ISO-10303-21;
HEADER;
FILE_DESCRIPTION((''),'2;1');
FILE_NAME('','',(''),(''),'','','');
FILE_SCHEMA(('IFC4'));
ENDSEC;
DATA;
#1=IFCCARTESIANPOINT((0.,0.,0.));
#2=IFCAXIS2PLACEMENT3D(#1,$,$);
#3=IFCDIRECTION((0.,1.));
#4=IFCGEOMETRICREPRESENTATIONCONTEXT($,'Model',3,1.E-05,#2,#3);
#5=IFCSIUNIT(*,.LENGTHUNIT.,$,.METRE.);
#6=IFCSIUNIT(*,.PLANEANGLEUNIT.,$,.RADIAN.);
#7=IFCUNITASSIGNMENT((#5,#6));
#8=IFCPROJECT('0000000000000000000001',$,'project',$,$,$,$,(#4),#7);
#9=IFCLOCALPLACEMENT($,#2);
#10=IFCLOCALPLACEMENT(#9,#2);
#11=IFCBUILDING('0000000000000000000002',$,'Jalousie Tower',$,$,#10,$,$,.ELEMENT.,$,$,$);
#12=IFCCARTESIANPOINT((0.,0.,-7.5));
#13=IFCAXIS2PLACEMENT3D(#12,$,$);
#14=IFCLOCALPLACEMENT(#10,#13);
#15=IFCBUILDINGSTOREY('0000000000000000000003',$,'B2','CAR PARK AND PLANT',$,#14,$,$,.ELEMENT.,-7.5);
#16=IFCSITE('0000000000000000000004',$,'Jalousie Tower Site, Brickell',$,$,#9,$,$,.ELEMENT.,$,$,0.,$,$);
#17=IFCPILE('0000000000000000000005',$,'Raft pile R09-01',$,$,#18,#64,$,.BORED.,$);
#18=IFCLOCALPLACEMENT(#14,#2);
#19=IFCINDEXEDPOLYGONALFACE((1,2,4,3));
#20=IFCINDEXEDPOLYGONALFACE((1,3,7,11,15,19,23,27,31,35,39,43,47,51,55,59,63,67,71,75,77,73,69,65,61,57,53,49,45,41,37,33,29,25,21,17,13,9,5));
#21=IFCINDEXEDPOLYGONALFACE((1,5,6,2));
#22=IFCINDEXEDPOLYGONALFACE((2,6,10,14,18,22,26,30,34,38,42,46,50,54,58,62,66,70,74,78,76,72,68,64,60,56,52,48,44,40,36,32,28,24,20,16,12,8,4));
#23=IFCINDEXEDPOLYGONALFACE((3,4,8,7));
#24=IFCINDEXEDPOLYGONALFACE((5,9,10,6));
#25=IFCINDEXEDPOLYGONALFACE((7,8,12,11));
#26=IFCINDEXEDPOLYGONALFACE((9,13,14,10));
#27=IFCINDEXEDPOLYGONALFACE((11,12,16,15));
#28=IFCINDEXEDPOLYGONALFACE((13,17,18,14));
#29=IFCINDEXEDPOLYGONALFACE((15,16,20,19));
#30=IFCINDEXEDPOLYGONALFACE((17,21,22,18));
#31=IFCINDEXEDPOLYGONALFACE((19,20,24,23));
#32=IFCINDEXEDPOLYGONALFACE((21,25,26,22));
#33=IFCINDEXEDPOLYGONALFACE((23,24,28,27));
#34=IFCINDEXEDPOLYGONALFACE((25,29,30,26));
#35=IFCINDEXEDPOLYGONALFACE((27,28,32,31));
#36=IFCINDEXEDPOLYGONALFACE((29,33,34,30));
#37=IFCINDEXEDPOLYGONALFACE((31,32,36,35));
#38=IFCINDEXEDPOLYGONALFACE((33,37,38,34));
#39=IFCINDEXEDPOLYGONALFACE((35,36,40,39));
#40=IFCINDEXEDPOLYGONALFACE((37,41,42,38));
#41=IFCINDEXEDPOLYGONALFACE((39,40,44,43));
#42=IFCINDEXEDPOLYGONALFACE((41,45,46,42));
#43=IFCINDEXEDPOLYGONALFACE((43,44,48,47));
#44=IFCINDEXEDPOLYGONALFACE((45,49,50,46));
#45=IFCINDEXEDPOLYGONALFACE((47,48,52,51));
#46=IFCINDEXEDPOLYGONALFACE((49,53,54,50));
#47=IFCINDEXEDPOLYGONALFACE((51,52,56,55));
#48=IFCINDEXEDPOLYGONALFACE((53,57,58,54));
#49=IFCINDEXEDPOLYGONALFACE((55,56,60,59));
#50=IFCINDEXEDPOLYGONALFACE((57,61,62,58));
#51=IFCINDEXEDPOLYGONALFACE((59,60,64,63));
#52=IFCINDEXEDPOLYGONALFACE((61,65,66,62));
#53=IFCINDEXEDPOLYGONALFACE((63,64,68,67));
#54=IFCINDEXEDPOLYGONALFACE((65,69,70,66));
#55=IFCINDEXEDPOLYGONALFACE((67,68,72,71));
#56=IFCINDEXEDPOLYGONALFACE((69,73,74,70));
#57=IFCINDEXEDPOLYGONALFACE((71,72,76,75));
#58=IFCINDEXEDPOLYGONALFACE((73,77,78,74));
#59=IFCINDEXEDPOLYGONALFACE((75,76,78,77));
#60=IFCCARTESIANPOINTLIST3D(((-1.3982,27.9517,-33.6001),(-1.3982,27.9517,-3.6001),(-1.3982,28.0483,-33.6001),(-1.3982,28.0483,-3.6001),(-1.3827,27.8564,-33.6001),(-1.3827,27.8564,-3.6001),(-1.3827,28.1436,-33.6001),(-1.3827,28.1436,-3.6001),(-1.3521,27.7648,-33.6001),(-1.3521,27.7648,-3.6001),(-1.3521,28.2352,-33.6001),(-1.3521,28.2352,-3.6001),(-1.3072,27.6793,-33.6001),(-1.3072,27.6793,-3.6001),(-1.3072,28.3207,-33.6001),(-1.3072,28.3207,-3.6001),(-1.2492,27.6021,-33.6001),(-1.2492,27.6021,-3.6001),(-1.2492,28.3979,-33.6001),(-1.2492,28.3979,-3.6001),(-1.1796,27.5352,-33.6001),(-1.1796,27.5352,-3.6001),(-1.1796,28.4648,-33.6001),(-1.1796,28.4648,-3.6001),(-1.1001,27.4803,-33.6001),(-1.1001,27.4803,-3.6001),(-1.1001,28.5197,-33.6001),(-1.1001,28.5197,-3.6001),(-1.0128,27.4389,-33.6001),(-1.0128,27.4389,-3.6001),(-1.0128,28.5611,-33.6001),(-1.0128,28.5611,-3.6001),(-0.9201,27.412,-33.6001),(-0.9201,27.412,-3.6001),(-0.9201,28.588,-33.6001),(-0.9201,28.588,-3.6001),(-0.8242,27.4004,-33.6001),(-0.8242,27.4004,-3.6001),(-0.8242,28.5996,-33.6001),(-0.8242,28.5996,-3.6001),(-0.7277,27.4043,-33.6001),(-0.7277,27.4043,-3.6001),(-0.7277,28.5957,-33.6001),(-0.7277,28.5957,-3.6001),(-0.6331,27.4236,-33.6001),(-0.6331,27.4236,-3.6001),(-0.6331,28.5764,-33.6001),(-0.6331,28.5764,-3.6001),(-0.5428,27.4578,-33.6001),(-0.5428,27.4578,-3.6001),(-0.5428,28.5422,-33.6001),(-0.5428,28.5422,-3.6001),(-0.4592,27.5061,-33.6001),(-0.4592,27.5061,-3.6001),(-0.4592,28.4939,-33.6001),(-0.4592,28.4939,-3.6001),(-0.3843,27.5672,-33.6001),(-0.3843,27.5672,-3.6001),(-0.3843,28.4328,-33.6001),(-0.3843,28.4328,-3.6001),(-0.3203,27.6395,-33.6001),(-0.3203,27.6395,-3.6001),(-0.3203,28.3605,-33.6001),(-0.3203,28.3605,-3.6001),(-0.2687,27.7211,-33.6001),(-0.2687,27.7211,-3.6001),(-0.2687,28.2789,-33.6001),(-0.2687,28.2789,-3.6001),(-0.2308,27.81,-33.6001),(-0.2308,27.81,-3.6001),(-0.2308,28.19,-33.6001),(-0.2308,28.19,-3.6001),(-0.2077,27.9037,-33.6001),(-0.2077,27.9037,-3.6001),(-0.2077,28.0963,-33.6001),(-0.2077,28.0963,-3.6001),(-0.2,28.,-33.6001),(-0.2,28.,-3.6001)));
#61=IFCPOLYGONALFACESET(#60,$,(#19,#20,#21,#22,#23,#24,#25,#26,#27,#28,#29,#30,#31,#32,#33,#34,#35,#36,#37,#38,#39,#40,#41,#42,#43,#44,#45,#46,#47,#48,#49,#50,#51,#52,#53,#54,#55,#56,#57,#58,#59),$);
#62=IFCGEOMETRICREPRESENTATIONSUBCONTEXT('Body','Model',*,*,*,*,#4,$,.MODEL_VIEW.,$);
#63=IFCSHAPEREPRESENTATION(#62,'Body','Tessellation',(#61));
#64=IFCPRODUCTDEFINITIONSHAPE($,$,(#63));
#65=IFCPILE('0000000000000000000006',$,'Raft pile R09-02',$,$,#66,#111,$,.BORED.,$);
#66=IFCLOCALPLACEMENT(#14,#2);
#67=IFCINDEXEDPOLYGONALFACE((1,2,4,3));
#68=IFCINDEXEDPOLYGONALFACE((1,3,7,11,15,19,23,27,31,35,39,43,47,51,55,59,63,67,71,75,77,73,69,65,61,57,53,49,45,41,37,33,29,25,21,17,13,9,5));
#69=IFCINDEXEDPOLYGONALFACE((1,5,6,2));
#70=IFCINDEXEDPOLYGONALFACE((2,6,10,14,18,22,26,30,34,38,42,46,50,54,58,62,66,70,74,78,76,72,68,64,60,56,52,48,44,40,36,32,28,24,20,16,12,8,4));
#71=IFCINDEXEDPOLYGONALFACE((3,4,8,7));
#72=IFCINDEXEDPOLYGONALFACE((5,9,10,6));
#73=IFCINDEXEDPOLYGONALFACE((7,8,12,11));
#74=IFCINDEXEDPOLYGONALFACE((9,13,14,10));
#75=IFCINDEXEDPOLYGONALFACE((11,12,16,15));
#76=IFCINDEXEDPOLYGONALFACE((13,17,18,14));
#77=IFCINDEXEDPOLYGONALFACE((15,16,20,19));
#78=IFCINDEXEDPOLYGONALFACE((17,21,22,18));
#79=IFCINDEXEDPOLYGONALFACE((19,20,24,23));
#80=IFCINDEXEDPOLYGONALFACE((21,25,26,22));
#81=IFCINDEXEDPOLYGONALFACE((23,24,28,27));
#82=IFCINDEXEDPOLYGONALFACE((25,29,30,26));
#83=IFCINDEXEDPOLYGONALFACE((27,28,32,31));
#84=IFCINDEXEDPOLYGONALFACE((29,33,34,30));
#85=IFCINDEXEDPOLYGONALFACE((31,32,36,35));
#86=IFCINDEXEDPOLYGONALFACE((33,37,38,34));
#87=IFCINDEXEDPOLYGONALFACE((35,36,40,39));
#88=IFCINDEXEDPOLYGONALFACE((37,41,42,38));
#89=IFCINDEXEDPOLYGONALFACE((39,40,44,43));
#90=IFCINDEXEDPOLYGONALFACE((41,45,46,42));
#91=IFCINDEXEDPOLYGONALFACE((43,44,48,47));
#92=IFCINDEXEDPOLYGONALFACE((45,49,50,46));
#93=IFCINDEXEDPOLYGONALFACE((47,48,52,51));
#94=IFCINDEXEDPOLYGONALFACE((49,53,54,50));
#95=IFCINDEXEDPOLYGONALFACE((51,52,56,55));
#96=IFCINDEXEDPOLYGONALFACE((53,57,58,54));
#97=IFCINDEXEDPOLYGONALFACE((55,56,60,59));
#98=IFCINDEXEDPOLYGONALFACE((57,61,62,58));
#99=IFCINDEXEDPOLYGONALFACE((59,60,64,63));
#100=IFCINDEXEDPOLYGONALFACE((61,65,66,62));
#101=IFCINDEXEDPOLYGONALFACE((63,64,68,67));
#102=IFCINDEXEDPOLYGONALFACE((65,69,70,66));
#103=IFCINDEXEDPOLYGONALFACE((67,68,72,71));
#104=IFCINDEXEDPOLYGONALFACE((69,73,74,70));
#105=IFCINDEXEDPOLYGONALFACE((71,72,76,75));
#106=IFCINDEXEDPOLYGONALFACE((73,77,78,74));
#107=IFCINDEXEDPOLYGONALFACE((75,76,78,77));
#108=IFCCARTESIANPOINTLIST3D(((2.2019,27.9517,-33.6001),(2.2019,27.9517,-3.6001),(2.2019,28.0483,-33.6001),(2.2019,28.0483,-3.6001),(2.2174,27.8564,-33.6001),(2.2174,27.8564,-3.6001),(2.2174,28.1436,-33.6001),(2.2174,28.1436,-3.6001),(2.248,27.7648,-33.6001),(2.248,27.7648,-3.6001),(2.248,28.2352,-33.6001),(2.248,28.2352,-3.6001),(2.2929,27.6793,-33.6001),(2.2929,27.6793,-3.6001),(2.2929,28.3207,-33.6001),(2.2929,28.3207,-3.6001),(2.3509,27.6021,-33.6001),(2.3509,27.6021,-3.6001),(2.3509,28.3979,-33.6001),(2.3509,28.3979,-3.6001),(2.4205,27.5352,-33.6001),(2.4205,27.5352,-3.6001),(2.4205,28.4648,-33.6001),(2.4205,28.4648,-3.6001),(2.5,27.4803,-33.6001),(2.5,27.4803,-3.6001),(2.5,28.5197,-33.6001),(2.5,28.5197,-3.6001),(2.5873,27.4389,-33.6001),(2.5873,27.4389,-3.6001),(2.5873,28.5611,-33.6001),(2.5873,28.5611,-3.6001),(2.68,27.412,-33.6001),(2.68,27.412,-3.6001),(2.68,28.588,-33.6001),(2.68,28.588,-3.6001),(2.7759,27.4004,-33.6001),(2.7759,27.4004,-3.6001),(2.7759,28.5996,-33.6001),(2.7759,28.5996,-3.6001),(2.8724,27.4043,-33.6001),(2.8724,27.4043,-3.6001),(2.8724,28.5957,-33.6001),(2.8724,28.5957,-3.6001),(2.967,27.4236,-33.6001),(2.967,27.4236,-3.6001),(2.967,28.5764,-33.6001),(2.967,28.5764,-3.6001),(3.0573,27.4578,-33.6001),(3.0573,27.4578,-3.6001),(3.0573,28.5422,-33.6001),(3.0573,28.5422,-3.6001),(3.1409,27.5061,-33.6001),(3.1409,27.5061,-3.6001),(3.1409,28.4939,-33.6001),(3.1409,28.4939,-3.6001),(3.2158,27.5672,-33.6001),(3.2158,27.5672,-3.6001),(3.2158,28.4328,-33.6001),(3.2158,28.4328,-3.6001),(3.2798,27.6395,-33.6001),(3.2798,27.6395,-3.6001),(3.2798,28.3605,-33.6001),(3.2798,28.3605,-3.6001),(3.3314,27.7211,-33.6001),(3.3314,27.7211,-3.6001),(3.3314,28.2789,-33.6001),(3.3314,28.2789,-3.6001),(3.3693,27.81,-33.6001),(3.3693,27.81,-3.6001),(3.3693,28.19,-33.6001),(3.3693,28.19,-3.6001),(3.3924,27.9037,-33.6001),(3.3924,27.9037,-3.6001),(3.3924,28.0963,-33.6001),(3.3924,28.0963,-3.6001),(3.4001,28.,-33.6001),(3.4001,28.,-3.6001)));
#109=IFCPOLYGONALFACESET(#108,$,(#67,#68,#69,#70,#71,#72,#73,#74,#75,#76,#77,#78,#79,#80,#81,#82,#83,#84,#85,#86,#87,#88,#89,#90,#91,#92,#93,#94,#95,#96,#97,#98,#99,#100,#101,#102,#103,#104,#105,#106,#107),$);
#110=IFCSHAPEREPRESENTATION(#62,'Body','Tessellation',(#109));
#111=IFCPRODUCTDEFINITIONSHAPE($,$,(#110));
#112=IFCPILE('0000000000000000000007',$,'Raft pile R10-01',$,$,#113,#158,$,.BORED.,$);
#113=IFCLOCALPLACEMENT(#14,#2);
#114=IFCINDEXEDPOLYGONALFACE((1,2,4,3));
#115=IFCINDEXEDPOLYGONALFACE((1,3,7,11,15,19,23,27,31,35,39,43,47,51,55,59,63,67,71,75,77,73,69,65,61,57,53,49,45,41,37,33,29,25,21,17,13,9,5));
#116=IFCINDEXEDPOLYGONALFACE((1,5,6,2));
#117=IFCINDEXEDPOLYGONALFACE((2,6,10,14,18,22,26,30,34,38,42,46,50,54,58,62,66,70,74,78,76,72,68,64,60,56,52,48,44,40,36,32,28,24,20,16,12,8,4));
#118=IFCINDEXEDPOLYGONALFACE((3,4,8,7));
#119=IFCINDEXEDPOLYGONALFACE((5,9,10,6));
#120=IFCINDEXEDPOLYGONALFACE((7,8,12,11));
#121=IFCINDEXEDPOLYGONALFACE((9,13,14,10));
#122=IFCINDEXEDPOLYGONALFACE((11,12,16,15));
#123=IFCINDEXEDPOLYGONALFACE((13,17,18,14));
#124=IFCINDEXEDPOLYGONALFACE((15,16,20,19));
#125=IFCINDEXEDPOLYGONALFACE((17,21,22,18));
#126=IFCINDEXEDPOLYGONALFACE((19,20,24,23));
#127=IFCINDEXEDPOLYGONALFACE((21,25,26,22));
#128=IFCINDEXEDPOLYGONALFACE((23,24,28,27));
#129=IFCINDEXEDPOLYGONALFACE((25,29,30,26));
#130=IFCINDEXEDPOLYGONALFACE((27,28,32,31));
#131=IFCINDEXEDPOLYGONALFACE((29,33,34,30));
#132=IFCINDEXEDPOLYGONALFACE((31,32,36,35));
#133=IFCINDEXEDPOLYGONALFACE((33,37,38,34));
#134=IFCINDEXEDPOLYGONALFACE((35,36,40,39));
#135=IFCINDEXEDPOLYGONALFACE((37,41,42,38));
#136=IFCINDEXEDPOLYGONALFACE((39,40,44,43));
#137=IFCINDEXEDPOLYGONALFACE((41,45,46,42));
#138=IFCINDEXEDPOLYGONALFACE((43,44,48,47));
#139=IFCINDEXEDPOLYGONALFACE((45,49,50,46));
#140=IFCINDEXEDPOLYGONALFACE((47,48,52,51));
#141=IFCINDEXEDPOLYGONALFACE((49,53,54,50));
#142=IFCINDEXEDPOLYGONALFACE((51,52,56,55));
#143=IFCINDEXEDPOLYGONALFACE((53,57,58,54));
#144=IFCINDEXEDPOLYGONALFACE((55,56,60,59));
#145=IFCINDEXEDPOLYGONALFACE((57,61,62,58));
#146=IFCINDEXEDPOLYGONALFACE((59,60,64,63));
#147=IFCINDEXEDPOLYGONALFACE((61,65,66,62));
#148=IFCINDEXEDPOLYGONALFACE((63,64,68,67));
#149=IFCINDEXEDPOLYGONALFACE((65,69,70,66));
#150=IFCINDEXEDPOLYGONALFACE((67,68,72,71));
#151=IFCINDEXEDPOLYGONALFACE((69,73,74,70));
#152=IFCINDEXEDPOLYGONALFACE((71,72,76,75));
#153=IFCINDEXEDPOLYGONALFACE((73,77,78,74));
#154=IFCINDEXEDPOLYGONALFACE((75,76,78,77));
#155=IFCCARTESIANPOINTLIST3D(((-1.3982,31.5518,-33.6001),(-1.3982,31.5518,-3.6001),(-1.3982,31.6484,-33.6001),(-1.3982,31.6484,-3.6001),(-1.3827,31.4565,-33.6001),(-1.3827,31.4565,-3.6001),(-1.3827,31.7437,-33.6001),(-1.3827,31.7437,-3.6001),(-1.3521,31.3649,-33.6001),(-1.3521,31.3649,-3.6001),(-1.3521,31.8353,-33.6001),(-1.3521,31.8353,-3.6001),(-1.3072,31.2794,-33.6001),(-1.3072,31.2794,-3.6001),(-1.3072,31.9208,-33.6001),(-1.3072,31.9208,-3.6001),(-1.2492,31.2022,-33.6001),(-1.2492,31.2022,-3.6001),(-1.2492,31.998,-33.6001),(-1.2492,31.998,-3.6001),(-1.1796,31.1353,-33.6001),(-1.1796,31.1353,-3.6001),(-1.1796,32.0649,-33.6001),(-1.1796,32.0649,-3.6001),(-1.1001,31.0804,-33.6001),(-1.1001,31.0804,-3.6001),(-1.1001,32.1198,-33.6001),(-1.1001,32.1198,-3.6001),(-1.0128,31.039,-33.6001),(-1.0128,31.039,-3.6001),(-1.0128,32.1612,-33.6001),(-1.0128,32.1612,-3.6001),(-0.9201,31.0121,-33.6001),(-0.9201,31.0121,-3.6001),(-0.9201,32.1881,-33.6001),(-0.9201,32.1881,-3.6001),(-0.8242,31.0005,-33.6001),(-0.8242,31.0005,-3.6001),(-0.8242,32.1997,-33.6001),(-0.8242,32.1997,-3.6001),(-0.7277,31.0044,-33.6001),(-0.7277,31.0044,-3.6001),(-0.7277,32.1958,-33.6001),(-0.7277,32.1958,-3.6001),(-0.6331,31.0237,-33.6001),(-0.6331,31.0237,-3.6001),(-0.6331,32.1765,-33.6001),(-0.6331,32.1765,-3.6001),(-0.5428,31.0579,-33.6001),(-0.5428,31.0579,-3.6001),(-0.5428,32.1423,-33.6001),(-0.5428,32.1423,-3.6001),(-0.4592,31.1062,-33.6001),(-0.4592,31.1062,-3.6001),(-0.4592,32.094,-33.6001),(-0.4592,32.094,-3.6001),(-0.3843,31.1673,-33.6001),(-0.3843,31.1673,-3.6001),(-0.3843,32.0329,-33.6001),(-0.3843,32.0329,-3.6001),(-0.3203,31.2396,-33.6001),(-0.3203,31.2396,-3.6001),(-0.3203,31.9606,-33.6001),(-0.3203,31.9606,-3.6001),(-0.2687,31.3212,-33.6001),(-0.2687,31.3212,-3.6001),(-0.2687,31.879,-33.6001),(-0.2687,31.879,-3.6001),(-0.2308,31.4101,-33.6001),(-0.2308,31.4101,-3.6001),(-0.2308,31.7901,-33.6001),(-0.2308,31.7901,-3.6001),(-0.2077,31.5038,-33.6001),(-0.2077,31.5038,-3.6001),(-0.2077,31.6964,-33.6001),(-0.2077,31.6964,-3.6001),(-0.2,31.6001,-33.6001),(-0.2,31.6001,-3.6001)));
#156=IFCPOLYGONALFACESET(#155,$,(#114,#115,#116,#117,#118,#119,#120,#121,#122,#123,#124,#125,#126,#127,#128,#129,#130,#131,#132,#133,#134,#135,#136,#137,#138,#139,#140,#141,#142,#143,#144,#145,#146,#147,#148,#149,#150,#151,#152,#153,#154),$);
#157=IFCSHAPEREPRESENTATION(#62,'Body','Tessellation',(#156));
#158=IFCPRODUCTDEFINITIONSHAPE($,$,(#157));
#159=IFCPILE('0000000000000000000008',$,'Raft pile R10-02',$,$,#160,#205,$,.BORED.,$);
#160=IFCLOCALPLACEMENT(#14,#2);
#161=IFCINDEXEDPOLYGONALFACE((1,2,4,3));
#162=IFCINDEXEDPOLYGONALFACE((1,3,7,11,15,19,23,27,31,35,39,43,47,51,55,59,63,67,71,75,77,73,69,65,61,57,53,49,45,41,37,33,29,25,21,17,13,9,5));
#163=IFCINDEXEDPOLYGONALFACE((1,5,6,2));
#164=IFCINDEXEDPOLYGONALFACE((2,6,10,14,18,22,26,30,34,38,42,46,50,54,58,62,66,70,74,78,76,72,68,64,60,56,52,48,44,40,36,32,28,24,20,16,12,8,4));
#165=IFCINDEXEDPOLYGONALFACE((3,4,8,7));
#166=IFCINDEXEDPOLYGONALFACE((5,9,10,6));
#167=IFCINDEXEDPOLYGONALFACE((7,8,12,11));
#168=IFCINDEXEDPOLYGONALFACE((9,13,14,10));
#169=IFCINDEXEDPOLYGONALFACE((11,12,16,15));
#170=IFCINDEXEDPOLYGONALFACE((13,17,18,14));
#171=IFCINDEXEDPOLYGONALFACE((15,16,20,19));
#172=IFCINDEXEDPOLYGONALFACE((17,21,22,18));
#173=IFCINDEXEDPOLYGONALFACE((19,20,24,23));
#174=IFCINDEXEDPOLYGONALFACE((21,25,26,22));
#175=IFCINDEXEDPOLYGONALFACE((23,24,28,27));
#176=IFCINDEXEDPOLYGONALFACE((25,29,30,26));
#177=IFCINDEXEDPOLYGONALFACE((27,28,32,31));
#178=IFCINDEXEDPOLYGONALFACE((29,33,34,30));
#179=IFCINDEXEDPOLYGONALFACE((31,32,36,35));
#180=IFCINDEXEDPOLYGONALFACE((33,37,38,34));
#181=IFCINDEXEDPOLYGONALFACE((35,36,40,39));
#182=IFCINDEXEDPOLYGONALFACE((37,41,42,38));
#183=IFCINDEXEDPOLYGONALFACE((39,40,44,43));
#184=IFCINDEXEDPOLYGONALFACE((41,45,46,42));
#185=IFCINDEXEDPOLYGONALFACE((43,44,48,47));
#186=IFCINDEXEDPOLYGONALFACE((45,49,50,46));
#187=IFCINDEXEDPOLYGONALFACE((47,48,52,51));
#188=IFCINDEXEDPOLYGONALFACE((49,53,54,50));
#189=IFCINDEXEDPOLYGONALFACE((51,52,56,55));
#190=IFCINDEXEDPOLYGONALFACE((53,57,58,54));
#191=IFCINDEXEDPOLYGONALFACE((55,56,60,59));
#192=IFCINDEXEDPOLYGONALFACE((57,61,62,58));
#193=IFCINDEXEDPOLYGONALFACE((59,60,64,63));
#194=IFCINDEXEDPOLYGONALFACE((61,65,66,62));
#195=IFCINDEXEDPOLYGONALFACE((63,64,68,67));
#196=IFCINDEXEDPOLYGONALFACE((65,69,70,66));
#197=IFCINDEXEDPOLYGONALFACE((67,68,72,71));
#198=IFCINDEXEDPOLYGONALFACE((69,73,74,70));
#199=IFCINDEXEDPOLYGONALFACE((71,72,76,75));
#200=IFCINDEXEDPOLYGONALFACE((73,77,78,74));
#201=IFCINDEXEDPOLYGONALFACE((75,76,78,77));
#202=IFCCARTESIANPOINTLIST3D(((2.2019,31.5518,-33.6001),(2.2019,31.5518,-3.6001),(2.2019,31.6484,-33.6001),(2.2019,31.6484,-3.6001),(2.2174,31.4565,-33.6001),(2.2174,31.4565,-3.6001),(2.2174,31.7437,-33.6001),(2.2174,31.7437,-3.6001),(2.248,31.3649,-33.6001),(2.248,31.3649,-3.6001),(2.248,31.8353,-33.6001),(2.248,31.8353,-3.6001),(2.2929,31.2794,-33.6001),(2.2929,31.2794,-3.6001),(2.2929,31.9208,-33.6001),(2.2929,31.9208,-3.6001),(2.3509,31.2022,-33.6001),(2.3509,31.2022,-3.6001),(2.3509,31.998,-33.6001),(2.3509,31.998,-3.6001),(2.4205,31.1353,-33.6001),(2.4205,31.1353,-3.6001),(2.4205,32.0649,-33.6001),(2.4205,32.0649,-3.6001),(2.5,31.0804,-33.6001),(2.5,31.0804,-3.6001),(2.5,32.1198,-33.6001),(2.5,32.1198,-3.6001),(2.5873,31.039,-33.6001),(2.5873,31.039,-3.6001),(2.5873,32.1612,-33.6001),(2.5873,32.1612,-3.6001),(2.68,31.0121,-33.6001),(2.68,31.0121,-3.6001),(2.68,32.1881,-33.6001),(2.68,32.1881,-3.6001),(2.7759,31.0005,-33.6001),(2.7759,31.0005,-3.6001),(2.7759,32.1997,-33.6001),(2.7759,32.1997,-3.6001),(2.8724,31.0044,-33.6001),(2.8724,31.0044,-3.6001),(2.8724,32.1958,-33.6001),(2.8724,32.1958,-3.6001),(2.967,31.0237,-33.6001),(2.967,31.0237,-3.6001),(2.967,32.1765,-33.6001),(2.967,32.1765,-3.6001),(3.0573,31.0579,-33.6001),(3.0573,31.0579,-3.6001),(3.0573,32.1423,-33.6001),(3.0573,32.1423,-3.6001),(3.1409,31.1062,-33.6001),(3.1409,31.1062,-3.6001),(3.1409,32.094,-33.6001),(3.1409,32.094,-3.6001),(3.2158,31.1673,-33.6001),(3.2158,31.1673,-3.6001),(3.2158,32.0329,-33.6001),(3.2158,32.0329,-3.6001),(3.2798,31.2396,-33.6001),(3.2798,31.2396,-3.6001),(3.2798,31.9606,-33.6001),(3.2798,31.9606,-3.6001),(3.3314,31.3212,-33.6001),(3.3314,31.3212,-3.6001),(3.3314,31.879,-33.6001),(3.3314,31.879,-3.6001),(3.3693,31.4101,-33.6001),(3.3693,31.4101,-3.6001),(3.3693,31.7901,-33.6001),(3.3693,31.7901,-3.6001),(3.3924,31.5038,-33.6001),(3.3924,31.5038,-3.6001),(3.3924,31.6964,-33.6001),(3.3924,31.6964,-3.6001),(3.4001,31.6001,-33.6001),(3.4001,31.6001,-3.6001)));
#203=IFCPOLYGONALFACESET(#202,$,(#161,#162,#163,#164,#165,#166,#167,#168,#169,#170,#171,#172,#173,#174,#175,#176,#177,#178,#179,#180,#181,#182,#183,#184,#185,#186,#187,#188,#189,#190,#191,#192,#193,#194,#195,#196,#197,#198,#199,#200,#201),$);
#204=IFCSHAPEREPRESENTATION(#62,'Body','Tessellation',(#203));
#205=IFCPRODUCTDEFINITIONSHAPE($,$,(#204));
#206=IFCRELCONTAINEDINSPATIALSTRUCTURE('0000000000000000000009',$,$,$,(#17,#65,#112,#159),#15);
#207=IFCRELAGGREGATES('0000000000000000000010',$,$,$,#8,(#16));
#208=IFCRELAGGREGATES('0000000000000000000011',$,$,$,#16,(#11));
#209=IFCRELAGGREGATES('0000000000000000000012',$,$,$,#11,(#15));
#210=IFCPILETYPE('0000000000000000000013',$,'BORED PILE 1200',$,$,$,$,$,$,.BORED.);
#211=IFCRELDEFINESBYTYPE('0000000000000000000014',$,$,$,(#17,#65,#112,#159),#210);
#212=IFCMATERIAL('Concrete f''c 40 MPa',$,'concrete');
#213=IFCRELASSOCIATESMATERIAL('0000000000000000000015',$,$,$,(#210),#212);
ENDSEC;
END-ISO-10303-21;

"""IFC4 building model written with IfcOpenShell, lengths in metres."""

from ifc_helpers import new_model, si_unit, direction, frame, origin, origin_2d, place, context, subcontext, project, spatial, circle, extrude, material, material_profile, profile_set, type_object, element, save


model = new_model("IFC4")

# Units and contexts
model_context = context("Model", 3, precision=1e-05, world=origin(), true_north=direction((0.0, 1.0)))
body_context = subcontext(model_context, "Body", "Model", "MODEL_VIEW")
ifc_project = project(units=[si_unit("LENGTHUNIT", "METRE"), si_unit("PLANEANGLEUNIT", "RADIAN")], contexts=[model_context])

# Site, building, storey
site_placement = place(None, origin())
site = spatial("IfcSite", under=ifc_project, at=site_placement, Name="Jalousie Tower Site, Brickell", CompositionType="ELEMENT", RefElevation=0.0)
building_placement = place(site_placement, origin())
building = spatial("IfcBuilding", under=site, at=building_placement, Name="Jalousie Tower", CompositionType="ELEMENT")
storey_placement = place(building_placement, frame((0.0, 0.0, -7.5)))
storey = spatial("IfcBuildingStorey", under=building, at=storey_placement, Name="B2", Description="CAR PARK AND PLANT", CompositionType="ELEMENT", Elevation=-7.5)

# Piles
ifc_material_1 = material(Name="Concrete f'c 40 MPa", Category="concrete")
ifc_material_profile_1 = material_profile(ifc_material_1, circle(Radius=0.6001, at=origin_2d()), Name="BORED PILE D1200")
ifc_profile_set_1 = profile_set([ifc_material_profile_1], Name="Concrete f'c 40 MPa")
pile_type_1 = type_object("IfcPileType", Name="BORED PILE 1200", PredefinedType="BORED", material=ifc_profile_set_1)
for number, where, z_axis, x_axis, name in (
    (1, (-0.8, 28.0, -3.6001), (0.0, 0.0, -1.0), (1.0, 0.0, 0.0), "Raft pile R09-01"),
    (2, (2.8, 28.0, -3.6001), (0.0, 0.0, -1.0), (1.0, 0.0, 0.0), "Raft pile R09-02"),
    (3, (-0.8, 31.6001, -3.6001), (0.0, 0.0, -1.0), (1.0, 0.0, 0.0), "Raft pile R10-01"),
    (4, (2.8, 31.6001, -3.6001), (0.0, 0.0, -1.0), (1.0, 0.0, 0.0), "Raft pile R10-02"),
):
    element("IfcPile", number, at=place(storey_placement, frame(where, z_axis=z_axis, x_axis=x_axis)), inside=storey, type_object=pile_type_1, Name=name, PredefinedType="BORED", context=body_context, shape_type="SweptSolid", body=[
        extrude(circle(Radius=0.6001, at=origin_2d()), origin(), (0.0, 0.0, 1.0), 30.0),
    ])

save(model, "model.ifc")
